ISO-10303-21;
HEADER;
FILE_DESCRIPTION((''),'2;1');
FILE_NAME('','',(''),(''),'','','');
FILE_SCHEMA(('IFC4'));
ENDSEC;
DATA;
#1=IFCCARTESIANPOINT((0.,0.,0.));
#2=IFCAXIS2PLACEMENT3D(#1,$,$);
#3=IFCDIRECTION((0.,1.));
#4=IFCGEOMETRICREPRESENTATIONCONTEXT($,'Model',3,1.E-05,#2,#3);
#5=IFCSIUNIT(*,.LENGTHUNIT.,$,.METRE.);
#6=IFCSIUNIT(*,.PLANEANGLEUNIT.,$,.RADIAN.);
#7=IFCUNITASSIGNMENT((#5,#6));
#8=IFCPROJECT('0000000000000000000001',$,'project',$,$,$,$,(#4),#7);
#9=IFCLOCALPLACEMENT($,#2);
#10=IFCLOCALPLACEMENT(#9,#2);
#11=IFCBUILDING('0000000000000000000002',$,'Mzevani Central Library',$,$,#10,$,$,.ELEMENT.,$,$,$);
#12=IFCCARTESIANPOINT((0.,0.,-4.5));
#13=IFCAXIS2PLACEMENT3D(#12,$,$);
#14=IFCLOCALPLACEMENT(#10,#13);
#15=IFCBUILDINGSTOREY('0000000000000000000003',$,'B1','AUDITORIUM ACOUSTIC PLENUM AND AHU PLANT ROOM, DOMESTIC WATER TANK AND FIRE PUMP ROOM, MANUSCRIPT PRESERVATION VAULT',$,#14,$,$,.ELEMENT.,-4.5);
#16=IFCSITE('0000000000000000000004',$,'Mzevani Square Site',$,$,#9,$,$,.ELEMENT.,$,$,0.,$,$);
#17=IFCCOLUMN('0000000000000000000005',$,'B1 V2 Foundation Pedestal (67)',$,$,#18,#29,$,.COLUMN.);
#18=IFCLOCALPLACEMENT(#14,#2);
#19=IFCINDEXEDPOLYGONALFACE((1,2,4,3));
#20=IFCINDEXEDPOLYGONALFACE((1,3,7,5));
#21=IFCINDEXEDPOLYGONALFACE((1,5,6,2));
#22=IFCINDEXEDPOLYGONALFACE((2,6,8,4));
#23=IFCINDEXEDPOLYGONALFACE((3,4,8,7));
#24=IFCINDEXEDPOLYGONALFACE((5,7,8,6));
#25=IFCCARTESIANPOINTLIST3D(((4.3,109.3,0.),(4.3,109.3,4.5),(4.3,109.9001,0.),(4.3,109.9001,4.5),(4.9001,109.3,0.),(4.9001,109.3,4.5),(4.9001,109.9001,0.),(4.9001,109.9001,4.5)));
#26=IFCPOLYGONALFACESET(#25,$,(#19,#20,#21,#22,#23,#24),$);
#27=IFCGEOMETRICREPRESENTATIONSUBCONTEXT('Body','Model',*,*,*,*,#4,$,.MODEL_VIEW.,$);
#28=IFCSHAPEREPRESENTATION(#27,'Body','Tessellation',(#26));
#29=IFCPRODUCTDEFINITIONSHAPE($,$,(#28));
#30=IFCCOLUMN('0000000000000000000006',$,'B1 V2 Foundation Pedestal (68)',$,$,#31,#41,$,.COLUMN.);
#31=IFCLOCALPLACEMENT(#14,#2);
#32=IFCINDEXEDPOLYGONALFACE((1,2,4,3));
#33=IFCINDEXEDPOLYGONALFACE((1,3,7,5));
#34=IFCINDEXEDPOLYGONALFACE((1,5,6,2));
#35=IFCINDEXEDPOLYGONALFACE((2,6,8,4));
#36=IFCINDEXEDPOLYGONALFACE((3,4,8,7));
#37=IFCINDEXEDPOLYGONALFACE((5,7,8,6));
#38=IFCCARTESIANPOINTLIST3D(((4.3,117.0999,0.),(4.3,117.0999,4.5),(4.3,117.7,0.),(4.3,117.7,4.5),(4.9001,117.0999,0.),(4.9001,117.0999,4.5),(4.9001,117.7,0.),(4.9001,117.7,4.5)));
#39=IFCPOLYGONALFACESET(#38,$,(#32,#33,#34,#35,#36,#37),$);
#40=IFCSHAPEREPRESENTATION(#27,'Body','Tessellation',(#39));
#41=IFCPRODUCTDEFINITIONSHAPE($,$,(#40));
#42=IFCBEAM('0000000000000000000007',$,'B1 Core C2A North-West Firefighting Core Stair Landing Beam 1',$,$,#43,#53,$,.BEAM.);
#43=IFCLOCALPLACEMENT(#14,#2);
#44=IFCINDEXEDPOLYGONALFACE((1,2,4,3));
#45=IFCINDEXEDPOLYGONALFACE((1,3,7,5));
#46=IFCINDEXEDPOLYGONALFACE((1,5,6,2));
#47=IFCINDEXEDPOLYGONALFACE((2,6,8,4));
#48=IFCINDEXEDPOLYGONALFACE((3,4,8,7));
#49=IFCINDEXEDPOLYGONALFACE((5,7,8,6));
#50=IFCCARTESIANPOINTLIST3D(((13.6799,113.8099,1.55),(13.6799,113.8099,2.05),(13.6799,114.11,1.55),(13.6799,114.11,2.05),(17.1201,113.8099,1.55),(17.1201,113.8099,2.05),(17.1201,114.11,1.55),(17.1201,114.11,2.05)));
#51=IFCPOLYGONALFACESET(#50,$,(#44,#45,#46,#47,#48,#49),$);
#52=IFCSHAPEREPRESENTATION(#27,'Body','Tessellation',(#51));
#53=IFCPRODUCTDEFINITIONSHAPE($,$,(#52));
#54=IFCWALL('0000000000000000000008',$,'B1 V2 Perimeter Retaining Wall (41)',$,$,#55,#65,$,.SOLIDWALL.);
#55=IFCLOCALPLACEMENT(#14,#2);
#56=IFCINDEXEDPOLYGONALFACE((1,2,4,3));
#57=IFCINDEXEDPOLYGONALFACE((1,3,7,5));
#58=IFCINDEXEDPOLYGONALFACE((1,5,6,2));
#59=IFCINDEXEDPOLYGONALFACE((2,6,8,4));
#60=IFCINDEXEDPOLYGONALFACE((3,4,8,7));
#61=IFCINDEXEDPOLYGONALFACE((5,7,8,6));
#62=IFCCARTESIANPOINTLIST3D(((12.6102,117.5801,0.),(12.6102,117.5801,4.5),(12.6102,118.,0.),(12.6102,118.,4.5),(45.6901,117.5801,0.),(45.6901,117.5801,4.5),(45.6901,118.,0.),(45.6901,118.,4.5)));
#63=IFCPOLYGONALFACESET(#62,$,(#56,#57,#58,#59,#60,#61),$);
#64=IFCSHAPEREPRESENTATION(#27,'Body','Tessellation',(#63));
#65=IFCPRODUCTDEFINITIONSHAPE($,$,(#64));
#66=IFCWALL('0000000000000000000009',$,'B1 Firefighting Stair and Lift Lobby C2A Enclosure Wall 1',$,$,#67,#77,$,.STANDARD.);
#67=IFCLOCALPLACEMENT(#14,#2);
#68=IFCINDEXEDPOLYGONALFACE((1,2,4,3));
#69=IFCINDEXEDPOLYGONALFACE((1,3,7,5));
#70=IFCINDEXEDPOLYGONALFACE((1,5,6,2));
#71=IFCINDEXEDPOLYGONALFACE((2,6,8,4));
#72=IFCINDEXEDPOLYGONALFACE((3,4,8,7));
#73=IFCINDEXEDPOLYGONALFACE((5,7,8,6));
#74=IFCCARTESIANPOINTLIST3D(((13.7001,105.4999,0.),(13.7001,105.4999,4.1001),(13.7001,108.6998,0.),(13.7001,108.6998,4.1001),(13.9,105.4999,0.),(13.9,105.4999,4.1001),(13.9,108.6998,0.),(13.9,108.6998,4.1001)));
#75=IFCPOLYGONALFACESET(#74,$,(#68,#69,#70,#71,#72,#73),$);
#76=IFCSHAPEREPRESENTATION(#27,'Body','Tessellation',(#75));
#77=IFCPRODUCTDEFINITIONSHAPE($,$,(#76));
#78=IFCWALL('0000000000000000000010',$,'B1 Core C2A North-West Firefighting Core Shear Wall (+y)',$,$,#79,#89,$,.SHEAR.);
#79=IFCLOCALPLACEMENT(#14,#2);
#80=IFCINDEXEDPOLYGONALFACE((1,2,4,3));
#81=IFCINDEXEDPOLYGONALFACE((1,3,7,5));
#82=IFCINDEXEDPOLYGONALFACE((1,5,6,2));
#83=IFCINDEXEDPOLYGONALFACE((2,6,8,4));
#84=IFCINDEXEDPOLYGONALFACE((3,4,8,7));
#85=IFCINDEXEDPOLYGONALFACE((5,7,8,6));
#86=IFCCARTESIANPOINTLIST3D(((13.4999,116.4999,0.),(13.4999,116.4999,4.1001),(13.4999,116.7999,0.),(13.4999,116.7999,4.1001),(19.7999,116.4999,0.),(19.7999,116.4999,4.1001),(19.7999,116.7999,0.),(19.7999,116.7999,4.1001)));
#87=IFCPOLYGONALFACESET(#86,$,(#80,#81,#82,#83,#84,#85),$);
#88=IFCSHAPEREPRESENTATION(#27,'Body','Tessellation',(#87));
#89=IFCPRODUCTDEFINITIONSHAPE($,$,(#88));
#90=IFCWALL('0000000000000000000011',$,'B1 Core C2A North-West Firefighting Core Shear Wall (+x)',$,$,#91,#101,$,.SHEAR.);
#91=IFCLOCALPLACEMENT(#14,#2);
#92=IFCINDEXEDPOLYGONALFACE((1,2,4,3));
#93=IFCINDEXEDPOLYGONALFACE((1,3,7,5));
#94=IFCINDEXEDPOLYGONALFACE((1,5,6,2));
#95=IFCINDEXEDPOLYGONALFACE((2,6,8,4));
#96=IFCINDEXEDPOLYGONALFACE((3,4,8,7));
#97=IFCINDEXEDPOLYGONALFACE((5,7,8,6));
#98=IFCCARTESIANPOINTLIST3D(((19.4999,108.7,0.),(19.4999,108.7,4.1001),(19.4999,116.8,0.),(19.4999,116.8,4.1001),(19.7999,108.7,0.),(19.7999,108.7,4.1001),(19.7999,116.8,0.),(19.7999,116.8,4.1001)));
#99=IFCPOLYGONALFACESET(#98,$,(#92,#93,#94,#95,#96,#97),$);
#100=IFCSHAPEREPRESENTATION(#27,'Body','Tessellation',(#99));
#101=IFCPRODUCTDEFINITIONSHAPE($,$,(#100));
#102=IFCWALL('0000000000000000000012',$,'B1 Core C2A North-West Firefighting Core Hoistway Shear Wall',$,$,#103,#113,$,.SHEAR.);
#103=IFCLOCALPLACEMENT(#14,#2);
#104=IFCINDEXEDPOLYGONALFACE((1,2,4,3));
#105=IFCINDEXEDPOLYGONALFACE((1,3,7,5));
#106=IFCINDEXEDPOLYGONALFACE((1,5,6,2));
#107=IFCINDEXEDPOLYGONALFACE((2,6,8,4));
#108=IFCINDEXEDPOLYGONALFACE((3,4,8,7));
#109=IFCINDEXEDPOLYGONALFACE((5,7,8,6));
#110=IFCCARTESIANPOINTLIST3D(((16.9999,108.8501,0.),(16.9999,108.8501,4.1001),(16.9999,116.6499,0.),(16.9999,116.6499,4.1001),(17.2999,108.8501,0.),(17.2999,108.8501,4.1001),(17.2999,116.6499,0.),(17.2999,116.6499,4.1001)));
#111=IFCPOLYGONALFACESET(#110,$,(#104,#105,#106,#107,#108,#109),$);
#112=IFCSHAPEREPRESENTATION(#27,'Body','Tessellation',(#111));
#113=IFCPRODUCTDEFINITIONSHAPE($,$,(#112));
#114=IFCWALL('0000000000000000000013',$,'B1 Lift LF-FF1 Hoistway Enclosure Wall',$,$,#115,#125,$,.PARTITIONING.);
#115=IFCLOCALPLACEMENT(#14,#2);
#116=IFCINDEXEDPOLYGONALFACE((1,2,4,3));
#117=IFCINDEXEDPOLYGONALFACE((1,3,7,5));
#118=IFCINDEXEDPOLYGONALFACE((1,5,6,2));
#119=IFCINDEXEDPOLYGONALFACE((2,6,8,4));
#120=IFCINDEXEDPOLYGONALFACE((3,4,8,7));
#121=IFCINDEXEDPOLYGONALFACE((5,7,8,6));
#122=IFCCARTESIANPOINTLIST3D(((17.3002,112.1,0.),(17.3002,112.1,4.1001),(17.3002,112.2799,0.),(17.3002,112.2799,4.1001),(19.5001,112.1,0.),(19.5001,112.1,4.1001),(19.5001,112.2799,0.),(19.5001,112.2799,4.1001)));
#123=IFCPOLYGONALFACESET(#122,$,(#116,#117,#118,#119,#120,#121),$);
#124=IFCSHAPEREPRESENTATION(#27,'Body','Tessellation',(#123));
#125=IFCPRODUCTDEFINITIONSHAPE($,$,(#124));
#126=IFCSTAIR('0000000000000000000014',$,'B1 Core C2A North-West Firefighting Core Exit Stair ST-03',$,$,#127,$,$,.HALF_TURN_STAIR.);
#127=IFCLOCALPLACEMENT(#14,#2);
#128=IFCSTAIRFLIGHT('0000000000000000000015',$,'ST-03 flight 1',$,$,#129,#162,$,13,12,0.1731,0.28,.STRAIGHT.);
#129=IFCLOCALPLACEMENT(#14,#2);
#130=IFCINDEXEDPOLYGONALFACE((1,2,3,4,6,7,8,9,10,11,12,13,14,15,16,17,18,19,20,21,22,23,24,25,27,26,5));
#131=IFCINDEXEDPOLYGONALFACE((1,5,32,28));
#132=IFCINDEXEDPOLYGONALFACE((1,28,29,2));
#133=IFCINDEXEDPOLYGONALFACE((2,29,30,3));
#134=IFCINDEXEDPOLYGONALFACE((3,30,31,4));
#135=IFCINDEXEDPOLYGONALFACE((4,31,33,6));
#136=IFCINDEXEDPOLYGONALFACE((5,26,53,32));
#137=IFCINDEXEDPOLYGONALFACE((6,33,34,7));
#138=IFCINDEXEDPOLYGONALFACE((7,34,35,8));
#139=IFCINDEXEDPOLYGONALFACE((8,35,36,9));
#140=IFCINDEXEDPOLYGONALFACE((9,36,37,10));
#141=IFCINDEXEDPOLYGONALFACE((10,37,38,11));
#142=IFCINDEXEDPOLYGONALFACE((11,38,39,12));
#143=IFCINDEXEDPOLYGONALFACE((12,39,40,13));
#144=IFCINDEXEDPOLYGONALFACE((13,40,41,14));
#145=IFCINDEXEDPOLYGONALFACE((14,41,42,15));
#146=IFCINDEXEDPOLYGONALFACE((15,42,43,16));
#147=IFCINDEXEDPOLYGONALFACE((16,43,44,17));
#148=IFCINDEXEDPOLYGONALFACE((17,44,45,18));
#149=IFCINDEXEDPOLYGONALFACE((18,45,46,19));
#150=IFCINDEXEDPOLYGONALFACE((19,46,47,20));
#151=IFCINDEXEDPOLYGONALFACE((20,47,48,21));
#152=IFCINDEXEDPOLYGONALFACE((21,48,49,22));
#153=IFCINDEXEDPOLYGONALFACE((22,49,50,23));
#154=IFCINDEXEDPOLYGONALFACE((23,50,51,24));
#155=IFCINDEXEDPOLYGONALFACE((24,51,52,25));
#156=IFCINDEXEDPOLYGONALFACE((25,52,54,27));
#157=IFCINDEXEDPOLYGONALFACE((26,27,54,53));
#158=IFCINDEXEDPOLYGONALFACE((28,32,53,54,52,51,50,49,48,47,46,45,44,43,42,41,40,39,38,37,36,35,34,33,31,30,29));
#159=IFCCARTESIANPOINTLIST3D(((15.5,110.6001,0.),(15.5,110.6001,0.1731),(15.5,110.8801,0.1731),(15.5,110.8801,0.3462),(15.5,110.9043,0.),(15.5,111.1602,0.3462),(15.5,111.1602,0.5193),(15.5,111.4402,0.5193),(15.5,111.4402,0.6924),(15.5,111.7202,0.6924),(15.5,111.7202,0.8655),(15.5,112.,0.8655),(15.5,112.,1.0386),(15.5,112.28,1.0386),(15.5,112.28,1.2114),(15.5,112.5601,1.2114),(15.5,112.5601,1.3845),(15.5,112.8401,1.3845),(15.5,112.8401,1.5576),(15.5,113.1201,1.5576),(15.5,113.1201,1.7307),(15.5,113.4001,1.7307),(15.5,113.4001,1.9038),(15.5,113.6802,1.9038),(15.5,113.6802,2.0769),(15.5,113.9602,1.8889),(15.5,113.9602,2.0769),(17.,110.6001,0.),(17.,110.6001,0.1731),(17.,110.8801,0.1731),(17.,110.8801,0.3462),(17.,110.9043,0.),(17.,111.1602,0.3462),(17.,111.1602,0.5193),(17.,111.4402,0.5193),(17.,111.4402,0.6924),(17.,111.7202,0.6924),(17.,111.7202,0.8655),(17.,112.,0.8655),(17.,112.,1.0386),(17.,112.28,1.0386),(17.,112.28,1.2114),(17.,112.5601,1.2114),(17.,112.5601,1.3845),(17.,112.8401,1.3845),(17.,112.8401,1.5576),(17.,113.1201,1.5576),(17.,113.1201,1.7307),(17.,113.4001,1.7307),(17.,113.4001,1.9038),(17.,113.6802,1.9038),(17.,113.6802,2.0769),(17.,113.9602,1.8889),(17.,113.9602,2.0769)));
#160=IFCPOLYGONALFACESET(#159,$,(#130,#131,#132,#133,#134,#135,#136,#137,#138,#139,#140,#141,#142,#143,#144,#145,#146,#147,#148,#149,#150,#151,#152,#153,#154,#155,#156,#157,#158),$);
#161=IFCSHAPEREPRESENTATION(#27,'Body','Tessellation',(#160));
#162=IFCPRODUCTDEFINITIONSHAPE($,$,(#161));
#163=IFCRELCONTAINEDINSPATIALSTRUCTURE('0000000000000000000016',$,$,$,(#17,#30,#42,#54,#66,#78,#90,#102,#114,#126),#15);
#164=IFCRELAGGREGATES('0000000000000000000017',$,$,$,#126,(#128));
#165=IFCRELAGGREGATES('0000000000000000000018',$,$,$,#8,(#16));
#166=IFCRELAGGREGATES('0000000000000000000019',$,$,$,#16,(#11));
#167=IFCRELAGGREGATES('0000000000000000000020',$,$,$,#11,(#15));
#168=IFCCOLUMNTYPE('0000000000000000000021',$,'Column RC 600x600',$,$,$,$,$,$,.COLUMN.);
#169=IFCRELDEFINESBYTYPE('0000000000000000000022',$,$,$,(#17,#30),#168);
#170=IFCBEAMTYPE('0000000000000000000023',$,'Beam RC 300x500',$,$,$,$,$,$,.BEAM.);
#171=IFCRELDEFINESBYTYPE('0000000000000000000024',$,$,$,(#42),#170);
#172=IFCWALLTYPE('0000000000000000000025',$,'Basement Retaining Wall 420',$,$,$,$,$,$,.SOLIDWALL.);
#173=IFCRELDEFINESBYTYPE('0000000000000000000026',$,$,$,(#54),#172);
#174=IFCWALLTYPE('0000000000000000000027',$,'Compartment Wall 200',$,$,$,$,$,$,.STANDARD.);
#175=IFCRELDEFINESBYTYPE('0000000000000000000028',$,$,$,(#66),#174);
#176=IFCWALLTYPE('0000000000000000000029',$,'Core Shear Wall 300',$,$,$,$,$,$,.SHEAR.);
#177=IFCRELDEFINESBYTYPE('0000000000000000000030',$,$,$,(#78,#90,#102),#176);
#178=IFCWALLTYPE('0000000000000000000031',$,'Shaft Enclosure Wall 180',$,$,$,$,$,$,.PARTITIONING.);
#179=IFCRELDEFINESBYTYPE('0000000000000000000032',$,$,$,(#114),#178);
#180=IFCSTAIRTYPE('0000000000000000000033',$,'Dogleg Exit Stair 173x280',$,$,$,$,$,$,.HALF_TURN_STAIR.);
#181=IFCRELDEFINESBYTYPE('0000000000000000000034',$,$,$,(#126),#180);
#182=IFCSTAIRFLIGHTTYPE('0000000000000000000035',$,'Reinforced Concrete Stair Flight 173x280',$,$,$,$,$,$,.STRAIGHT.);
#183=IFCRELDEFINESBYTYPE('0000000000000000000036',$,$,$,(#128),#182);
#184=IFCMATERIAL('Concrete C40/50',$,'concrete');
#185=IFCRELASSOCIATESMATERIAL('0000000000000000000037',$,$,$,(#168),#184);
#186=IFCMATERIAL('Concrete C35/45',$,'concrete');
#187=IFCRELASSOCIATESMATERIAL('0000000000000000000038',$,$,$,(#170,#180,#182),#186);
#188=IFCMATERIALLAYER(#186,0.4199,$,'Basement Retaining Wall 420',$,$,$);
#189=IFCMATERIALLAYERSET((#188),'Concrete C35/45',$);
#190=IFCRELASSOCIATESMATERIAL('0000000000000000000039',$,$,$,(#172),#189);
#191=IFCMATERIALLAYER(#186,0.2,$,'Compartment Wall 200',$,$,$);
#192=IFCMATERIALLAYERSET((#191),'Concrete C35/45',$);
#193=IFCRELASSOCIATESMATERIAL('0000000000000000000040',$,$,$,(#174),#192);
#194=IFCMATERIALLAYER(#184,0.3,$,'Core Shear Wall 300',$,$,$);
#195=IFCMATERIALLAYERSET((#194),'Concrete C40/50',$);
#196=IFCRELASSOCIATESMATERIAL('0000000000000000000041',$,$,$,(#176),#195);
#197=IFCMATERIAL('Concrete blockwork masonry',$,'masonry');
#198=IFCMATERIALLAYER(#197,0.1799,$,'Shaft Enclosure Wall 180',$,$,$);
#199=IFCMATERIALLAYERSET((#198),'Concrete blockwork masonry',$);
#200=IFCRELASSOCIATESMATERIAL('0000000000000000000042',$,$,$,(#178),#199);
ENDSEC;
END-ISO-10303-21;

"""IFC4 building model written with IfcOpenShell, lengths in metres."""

from ifc_helpers import new_model, si_unit, direction, frame, frame_2d, origin, origin_2d, place, context, subcontext, project, spatial, polyline, rectangle, outline, extrude, material, layer, layer_set, material_profile, profile_set, type_object, element, aggregate, save


model = new_model("IFC4")

# Units and contexts
model_context = context("Model", 3, precision=1e-05, world=origin(), true_north=direction((0.0, 1.0)))
body_context = subcontext(model_context, "Body", "Model", "MODEL_VIEW")
ifc_project = project(units=[si_unit("LENGTHUNIT", "METRE"), si_unit("PLANEANGLEUNIT", "RADIAN")], contexts=[model_context])

# Site, building, storey
site_placement = place(None, origin())
site = spatial("IfcSite", under=ifc_project, at=site_placement, Name="Mzevani Square Site", CompositionType="ELEMENT", RefElevation=0.0)
building_placement = place(site_placement, origin())
building = spatial("IfcBuilding", under=site, at=building_placement, Name="Mzevani Central Library", CompositionType="ELEMENT")
storey_placement = place(building_placement, frame((0.0, 0.0, -4.5)))
storey = spatial("IfcBuildingStorey", under=building, at=storey_placement, Name="B1", Description="AUDITORIUM ACOUSTIC PLENUM AND AHU PLANT ROOM, DOMESTIC WATER TANK AND FIRE PUMP ROOM, MANUSCRIPT PRESERVATION VAULT", CompositionType="ELEMENT", Elevation=-4.5)

# Shared definitions
ifc_material_1 = material(Name="Concrete C40/50", Category="concrete")

# Columns
ifc_material_profile_1 = material_profile(ifc_material_1, rectangle(XDim=0.6001, YDim=0.6001, at=origin_2d()), Name="RC 600x600")
ifc_profile_set_1 = profile_set([ifc_material_profile_1], Name="Concrete C40/50")
column_type = type_object("IfcColumnType", Name="Column RC 600x600", PredefinedType="COLUMN", material=ifc_profile_set_1)
for number, where, z_axis, x_axis, name in (
    (1, (4.6001, 109.6001, 0.0), (0.0, 0.0, 1.0), (1.0, 0.0, 0.0), "B1 V2 Foundation Pedestal (67)"),
    (2, (4.6001, 117.3999, 0.0), (0.0, 0.0, 1.0), (1.0, 0.0, 0.0), "B1 V2 Foundation Pedestal (68)"),
):
    element("IfcColumn", number, at=place(storey_placement, frame(where, z_axis=z_axis, x_axis=x_axis)), inside=storey, type_object=column_type, Name=name, PredefinedType="COLUMN", context=body_context, shape_type="SweptSolid", body=[
        extrude(rectangle(XDim=0.6001, YDim=0.6001, at=origin_2d()), origin(), (0.0, 0.0, 1.0), 4.5),
    ])

# Beam
ifc_material_2 = material(Name="Concrete C35/45", Category="concrete")
ifc_material_profile_2 = material_profile(ifc_material_2, rectangle(XDim=0.3, YDim=0.5, at=origin_2d()), Name="RC B300x500")
ifc_profile_set_2 = profile_set([ifc_material_profile_2], Name="Concrete C35/45")
beam_type = type_object("IfcBeamType", Name="Beam RC 300x500", PredefinedType="BEAM", material=ifc_profile_set_2)
beam_placement = place(storey_placement, frame((13.6799, 113.96, 1.8), z_axis=(1.0, 0.0, 0.0), x_axis=(0.0, 1.0, 0.0)))
element("IfcBeam", 3, at=beam_placement, inside=storey, type_object=beam_type, Name="B1 Core C2A North-West Firefighting Core Stair Landing Beam 1", PredefinedType="BEAM", context=body_context, shape_type="SweptSolid", body=[
    extrude(rectangle(XDim=0.3, YDim=0.5, at=origin_2d()), origin(), (0.0, 0.0, 1.0), 3.4402),
])

# Walls
ifc_layer_1 = layer(ifc_material_2, 0.4199, Name="Basement Retaining Wall 420")
ifc_layer_set_1 = layer_set([ifc_layer_1], Name="Concrete C35/45")
wall_type_1 = type_object("IfcWallType", Name="Basement Retaining Wall 420", PredefinedType="SOLIDWALL", material=ifc_layer_set_1)
wall_1_placement = place(storey_placement, frame((12.6101, 117.79, 0.0), z_axis=(0.0, 0.0, 1.0), x_axis=(1.0, 0.0, 0.0)))
element("IfcWall", 4, at=wall_1_placement, inside=storey, type_object=wall_type_1, Name="B1 V2 Perimeter Retaining Wall (41)", PredefinedType="SOLIDWALL", context=body_context, shape_type="SweptSolid", body=[
    extrude(rectangle(XDim=33.0798, YDim=0.4199, at=frame_2d((16.54, 0.0))), origin(), (0.0, 0.0, 1.0), 4.5),
])
ifc_layer_2 = layer(ifc_material_2, 0.2, Name="Compartment Wall 200")
ifc_layer_set_2 = layer_set([ifc_layer_2], Name="Concrete C35/45")
wall_type_2 = type_object("IfcWallType", Name="Compartment Wall 200", PredefinedType="STANDARD", material=ifc_layer_set_2)
wall_2_placement = place(storey_placement, frame((13.8, 108.7, 0.0), z_axis=(0.0, 0.0, 1.0), x_axis=(0.0, -1.0, 0.0)))
element("IfcWall", 5, at=wall_2_placement, inside=storey, type_object=wall_type_2, Name="B1 Firefighting Stair and Lift Lobby C2A Enclosure Wall 1", PredefinedType="STANDARD", context=body_context, shape_type="SweptSolid", body=[
    extrude(rectangle(XDim=3.2, YDim=0.2, at=frame_2d((1.6001, 0.0))), origin(), (0.0, 0.0, 1.0), 4.1001),
])

# Shared definitions
ifc_layer_3 = layer(ifc_material_1, 0.3, Name="Core Shear Wall 300")
ifc_layer_set_3 = layer_set([ifc_layer_3], Name="Concrete C40/50")
wall_type_3 = type_object("IfcWallType", Name="Core Shear Wall 300", PredefinedType="SHEAR", material=ifc_layer_set_3)

# Walls
wall_3_placement = place(storey_placement, frame((13.5, 116.6499, 0.0), z_axis=(0.0, 0.0, 1.0), x_axis=(1.0, 0.0, 0.0)))
element("IfcWall", 6, at=wall_3_placement, inside=storey, type_object=wall_type_3, Name="B1 Core C2A North-West Firefighting Core Shear Wall (+y)", PredefinedType="SHEAR", context=body_context, shape_type="SweptSolid", body=[
    extrude(rectangle(XDim=6.3, YDim=0.3, at=frame_2d((3.1499, 0.0))), origin(), (0.0, 0.0, 1.0), 4.1001),
])
wall_4_placement = place(storey_placement, frame((19.6499, 116.8, 0.0), z_axis=(0.0, 0.0, 1.0), x_axis=(0.0, -1.0, 0.0)))
element("IfcWall", 7, at=wall_4_placement, inside=storey, type_object=wall_type_3, Name="B1 Core C2A North-West Firefighting Core Shear Wall (+x)", PredefinedType="SHEAR", context=body_context, shape_type="SweptSolid", body=[
    extrude(rectangle(XDim=8.1001, YDim=0.3, at=frame_2d((4.05, 0.0))), origin(), (0.0, 0.0, 1.0), 4.1001),
])
wall_5_placement = place(storey_placement, frame((17.1499, 108.8501, 0.0), z_axis=(0.0, 0.0, 1.0), x_axis=(0.0, 1.0, 0.0)))
element("IfcWall", 8, at=wall_5_placement, inside=storey, type_object=wall_type_3, Name="B1 Core C2A North-West Firefighting Core Hoistway Shear Wall", PredefinedType="SHEAR", context=body_context, shape_type="SweptSolid", body=[
    extrude(rectangle(XDim=7.7998, YDim=0.3, at=frame_2d((3.8999, 0.0))), origin(), (0.0, 0.0, 1.0), 4.1001),
])
ifc_material_3 = material(Name="Concrete blockwork masonry", Category="masonry")
ifc_layer_4 = layer(ifc_material_3, 0.1799, Name="Shaft Enclosure Wall 180")
ifc_layer_set_4 = layer_set([ifc_layer_4], Name="Concrete blockwork masonry")
wall_type_4 = type_object("IfcWallType", Name="Shaft Enclosure Wall 180", PredefinedType="PARTITIONING", material=ifc_layer_set_4)
wall_6_placement = place(storey_placement, frame((17.3, 112.1899, 0.0), z_axis=(0.0, 0.0, 1.0), x_axis=(1.0, 0.0, 0.0)))
element("IfcWall", 9, at=wall_6_placement, inside=storey, type_object=wall_type_4, Name="B1 Lift LF-FF1 Hoistway Enclosure Wall", PredefinedType="PARTITIONING", context=body_context, shape_type="SweptSolid", body=[
    extrude(rectangle(XDim=2.2, YDim=0.1799, at=frame_2d((1.1001, 0.0))), origin(), (0.0, 0.0, 1.0), 4.1001),
])

# Stair, stair flight
stair_type = type_object("IfcStairType", Name="Dogleg Exit Stair 173x280", PredefinedType="HALF_TURN_STAIR", material=ifc_material_2)
stair_placement = place(storey_placement, origin())
stair = element("IfcStair", 10, at=stair_placement, inside=storey, type_object=stair_type, Name="B1 Core C2A North-West Firefighting Core Exit Stair ST-03", PredefinedType="HALF_TURN_STAIR")
stair_flight_type = type_object("IfcStairFlightType", Name="Reinforced Concrete Stair Flight 173x280", PredefinedType="STRAIGHT", material=ifc_material_2)
stair_flight_1_placement = place(storey_placement, frame((16.25, 110.6001, 0.0), z_axis=(0.0, 0.0, 1.0), x_axis=(0.0, 1.0, 0.0)))
stair_flight_1 = element("IfcStairFlight", 11, at=stair_flight_1_placement, type_object=stair_flight_type, Name="ST-03 flight 1", NumberOfRisers=13, NumberOfTreads=12, PredefinedType="STRAIGHT", RiserHeight=0.1731, TreadLength=0.28, context=body_context, shape_type="SweptSolid", body=[
    extrude(outline(polyline([(0.0, 0.0), (0.0, 0.1731), (0.28, 0.1731), (0.28, 0.3462), (0.5601, 0.3462), (0.5601, 0.5193), (0.8401, 0.5193), (0.8401, 0.6924), (1.1201, 0.6924), (1.1201, 0.8655), (1.3999, 0.8655), (1.3999, 1.0386), (1.6799, 1.0386), (1.6799, 1.2114), (1.96, 1.2114), (1.96, 1.3845), (2.24, 1.3845), (2.24, 1.5576), (2.52, 1.5576), (2.52, 1.7307), (2.8, 1.7307), (2.8, 1.9038), (3.0801, 1.9038), (3.0801, 2.0769), (3.3601, 2.0769), (3.3601, 2.25), (3.3601, 1.8889), (0.3042, 0.0), (0.0, 0.0)])), frame((0.0, 0.75, 0.0), z_axis=(0.0, -1.0, 0.0), x_axis=(1.0, 0.0, 0.0)), (0.0, 0.0, 1.0), 1.5),
])
aggregate(stair, [stair_flight_1])

save(model, "model.ifc")
